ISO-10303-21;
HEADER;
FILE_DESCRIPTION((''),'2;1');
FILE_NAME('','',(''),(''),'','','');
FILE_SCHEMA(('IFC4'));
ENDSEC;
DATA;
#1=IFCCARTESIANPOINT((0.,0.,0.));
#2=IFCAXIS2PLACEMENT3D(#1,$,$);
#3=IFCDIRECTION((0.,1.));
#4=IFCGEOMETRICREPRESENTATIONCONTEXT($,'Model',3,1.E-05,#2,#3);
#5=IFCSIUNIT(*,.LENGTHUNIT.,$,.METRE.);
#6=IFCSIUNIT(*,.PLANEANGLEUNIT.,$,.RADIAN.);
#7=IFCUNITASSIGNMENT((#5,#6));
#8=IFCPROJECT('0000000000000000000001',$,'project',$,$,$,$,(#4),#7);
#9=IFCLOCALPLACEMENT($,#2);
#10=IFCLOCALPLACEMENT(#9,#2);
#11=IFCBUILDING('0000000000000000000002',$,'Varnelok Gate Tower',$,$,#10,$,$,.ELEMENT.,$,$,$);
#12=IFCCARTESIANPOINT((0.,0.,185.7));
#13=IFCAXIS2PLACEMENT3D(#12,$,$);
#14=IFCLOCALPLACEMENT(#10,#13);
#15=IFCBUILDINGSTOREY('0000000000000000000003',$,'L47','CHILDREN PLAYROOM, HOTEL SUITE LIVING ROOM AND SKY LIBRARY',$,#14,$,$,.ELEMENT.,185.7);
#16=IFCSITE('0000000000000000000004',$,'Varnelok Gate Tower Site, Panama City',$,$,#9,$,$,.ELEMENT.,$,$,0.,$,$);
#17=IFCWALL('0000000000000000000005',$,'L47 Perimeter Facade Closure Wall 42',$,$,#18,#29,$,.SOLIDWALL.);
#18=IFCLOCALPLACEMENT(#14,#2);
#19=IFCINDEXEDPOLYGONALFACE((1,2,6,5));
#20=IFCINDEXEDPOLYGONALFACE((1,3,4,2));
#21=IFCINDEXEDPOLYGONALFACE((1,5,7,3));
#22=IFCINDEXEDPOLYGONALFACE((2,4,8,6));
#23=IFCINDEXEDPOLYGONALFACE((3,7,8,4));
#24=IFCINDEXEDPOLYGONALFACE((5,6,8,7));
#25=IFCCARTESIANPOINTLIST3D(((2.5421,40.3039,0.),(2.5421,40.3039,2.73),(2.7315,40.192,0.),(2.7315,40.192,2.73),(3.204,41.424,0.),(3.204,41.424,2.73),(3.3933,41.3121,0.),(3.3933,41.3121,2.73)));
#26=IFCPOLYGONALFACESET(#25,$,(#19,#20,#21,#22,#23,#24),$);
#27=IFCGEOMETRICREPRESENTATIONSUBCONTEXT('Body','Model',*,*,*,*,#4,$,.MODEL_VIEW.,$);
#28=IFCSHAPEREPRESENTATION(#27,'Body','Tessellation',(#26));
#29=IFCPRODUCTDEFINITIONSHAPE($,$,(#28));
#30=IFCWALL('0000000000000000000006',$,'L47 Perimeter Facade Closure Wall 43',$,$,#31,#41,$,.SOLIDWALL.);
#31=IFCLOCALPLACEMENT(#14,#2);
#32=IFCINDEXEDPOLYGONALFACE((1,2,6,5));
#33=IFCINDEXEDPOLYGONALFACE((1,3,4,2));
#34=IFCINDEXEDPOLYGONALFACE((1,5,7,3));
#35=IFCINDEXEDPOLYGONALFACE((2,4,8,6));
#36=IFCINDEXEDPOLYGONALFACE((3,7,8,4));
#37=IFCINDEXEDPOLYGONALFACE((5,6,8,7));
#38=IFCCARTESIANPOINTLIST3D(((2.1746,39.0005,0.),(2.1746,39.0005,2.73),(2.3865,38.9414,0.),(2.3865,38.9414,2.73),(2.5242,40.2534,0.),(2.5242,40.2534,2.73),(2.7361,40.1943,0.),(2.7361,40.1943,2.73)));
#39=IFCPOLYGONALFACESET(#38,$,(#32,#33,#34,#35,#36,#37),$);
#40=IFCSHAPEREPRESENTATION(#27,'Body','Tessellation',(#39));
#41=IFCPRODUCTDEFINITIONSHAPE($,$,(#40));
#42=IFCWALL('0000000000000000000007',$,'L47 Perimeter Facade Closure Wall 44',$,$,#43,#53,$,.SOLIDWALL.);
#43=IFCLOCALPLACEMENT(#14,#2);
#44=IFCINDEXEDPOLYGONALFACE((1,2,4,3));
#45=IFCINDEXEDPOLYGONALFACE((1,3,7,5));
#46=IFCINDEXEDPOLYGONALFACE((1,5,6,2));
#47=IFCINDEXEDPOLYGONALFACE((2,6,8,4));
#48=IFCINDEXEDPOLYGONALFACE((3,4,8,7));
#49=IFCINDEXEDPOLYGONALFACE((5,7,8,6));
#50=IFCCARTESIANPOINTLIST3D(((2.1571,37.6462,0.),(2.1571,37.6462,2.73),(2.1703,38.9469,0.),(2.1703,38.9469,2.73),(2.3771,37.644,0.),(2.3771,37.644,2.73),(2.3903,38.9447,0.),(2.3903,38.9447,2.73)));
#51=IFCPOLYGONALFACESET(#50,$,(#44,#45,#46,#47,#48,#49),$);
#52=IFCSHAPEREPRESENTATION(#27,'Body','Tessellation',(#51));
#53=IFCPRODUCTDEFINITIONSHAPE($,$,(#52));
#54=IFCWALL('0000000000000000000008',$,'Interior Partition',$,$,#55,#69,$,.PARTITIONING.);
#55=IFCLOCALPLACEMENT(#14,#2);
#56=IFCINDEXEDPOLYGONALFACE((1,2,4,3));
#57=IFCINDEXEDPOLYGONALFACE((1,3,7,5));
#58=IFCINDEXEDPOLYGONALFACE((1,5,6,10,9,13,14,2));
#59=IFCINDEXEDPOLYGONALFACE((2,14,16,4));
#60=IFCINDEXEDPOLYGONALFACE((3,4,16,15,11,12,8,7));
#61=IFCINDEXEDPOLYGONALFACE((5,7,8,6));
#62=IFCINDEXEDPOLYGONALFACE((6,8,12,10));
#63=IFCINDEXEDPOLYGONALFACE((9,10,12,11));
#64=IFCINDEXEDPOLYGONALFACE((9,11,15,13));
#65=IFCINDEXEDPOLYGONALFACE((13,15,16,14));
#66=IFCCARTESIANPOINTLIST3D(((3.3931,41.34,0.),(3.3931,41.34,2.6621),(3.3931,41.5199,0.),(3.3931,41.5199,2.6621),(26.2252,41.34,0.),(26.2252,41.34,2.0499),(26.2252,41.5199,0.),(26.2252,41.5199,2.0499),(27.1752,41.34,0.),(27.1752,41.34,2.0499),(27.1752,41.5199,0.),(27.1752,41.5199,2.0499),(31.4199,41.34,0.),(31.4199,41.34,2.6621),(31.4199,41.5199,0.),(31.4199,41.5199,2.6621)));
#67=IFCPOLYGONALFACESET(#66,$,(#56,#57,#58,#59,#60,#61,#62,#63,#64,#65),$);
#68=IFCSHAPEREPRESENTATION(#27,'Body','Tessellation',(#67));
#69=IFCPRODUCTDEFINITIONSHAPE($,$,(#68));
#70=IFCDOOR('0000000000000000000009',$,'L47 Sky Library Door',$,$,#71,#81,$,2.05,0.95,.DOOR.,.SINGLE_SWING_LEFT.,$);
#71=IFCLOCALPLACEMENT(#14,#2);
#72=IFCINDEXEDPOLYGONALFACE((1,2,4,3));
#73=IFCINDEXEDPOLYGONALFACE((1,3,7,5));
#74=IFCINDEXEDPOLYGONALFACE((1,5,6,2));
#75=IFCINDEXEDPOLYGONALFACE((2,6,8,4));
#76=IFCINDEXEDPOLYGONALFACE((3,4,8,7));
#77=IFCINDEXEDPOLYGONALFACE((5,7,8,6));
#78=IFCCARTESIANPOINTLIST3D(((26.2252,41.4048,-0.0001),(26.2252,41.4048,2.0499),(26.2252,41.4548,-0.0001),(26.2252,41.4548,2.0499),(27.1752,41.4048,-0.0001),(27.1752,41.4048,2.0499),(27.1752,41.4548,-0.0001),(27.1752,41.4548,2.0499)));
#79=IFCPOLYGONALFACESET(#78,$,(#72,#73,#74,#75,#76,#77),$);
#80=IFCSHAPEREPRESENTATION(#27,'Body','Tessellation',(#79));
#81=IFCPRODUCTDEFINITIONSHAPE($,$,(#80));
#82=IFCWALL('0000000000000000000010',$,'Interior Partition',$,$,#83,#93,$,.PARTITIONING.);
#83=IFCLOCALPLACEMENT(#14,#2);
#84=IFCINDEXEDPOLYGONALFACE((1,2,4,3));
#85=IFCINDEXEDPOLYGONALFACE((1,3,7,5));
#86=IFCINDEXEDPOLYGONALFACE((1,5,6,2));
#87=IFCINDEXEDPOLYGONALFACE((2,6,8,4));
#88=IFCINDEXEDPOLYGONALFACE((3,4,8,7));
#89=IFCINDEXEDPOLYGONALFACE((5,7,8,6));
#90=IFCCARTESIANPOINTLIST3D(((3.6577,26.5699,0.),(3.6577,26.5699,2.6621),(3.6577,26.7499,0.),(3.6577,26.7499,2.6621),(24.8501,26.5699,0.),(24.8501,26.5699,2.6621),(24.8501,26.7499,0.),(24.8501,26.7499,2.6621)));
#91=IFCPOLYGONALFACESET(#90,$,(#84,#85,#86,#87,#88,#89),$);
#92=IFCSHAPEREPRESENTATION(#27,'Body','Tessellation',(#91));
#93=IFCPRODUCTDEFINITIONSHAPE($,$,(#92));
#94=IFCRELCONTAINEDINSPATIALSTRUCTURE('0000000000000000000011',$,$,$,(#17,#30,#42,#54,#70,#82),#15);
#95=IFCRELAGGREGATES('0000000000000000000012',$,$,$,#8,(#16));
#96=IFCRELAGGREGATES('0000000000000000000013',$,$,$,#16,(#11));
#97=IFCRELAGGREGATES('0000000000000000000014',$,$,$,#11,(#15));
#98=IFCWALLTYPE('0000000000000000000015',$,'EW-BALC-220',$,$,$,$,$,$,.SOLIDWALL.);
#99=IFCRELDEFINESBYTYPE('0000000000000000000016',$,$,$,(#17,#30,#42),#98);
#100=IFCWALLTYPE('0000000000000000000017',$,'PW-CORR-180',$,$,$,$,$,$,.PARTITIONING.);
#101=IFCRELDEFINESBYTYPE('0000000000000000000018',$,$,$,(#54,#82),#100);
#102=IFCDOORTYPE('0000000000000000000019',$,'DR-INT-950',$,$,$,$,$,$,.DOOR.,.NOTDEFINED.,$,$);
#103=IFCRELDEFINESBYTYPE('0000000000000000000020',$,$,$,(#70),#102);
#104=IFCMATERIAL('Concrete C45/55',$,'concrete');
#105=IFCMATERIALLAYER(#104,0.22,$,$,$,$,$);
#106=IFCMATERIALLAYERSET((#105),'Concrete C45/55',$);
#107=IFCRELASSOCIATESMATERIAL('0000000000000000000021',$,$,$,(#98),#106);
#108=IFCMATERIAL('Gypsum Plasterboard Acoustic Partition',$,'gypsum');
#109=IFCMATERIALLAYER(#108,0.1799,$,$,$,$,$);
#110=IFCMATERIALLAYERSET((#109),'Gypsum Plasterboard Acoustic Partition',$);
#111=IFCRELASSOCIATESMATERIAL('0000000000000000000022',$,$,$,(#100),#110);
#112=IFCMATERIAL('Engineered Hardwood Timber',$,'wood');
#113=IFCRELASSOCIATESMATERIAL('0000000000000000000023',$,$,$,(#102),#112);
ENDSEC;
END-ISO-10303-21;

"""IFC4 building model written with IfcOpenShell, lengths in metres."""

from ifc_helpers import new_model, si_unit, direction, frame, frame_2d, origin, place, context, subcontext, project, spatial, rectangle, extrude, material, layer, layer_set, type_object, element, fill, save


model = new_model("IFC4")

# Units and contexts
model_context = context("Model", 3, precision=1e-05, world=origin(), true_north=direction((0.0, 1.0)))
body_context = subcontext(model_context, "Body", "Model", "MODEL_VIEW")
ifc_project = project(units=[si_unit("LENGTHUNIT", "METRE"), si_unit("PLANEANGLEUNIT", "RADIAN")], contexts=[model_context])

# Site, building, storey
site_placement = place(None, origin())
site = spatial("IfcSite", under=ifc_project, at=site_placement, Name="Varnelok Gate Tower Site, Panama City", CompositionType="ELEMENT", RefElevation=0.0)
building_placement = place(site_placement, origin())
building = spatial("IfcBuilding", under=site, at=building_placement, Name="Varnelok Gate Tower", CompositionType="ELEMENT")
storey_placement = place(building_placement, frame((0.0, 0.0, 185.7)))
storey = spatial("IfcBuildingStorey", under=building, at=storey_placement, Name="L47", Description="CHILDREN PLAYROOM, HOTEL SUITE LIVING ROOM AND SKY LIBRARY", CompositionType="ELEMENT", Elevation=185.7)

# Walls
ifc_material_1 = material(Name="Concrete C45/55", Category="concrete")
ifc_layer_1 = layer(ifc_material_1, 0.22)
ifc_layer_set_1 = layer_set([ifc_layer_1], Name="Concrete C45/55")
wall_type_1 = type_object("IfcWallType", Name="EW-BALC-220", PredefinedType="SOLIDWALL", material=ifc_layer_set_1)
wall_1_placement = place(storey_placement, frame((3.2986, 41.3679, 0.0), z_axis=(0.0, 0.0, 1.0), x_axis=(-0.508717, -0.860934, 0.0)))
element("IfcWall", 1, at=wall_1_placement, inside=storey, type_object=wall_type_1, Name="L47 Perimeter Facade Closure Wall 42", PredefinedType="SOLIDWALL", context=body_context, shape_type="SweptSolid", body=[
    extrude(rectangle(XDim=1.301, YDim=0.22, at=frame_2d((0.6504, 0.0))), origin(), (0.0, 0.0, 1.0), 2.73),
])
for number, where, z_axis, x_axis, name in (
    (2, (2.6301, 40.2239, 0.0), (0.0, 0.0, 1.0), (-0.268767, -0.963205, 0.0), "L47 Perimeter Facade Closure Wall 43"),
    (3, (2.2803, 38.9458, 0.0), (0.0, 0.0, 1.0), (-0.010135, -0.999949, 0.0), "L47 Perimeter Facade Closure Wall 44"),
):
    element("IfcWall", number, at=place(storey_placement, frame(where, z_axis=z_axis, x_axis=x_axis)), inside=storey, type_object=wall_type_1, Name=name, PredefinedType="SOLIDWALL", context=body_context, shape_type="SweptSolid", body=[
        extrude(rectangle(XDim=1.3008, YDim=0.22, at=frame_2d((0.6504, 0.0))), origin(), (0.0, 0.0, 1.0), 2.73),
    ])

# Wall, opening, door
ifc_material_2 = material(Name="Gypsum Plasterboard Acoustic Partition", Category="gypsum")
ifc_layer_2 = layer(ifc_material_2, 0.1799)
ifc_layer_set_2 = layer_set([ifc_layer_2], Name="Gypsum Plasterboard Acoustic Partition")
wall_type_2 = type_object("IfcWallType", Name="PW-CORR-180", PredefinedType="PARTITIONING", material=ifc_layer_set_2)
wall_2_placement = place(storey_placement, frame((3.3931, 41.4299, 0.0), z_axis=(0.0, 0.0, 1.0), x_axis=(1.0, 0.0, 0.0)))
wall_2 = element("IfcWall", 4, at=wall_2_placement, inside=storey, type_object=wall_type_2, Name="Interior Partition", PredefinedType="PARTITIONING", context=body_context, shape_type="SweptSolid", body=[
    extrude(rectangle(XDim=28.0269, YDim=0.1799, at=frame_2d((14.0134, 0.0))), origin(), (0.0, 0.0, 1.0), 2.6621),
])
opening_placement = place(wall_2_placement, frame((22.832, 0.0, 0.0)))
opening = element("IfcOpeningElement", 5, at=opening_placement, cuts=wall_2, PredefinedType="OPENING", context=body_context, shape_type="SweptSolid", body=[
    extrude(rectangle(XDim=0.95, YDim=2.05, at=frame_2d((0.4751, 1.0249))), frame((0.0, 0.0999, 0.0), z_axis=(0.0, -1.0, 0.0), x_axis=(1.0, 0.0, 0.0)), (0.0, 0.0, 1.0), 0.2),
])
ifc_material_3 = material(Name="Engineered Hardwood Timber", Category="wood")
door_type = type_object("IfcDoorType", Name="DR-INT-950", OperationType="NOTDEFINED", PredefinedType="DOOR", material=ifc_material_3)
door_placement = place(opening_placement, origin())
door = element("IfcDoor", 6, at=door_placement, inside=storey, type_object=door_type, Name="L47 Sky Library Door", OperationType="SINGLE_SWING_LEFT", OverallHeight=2.05, OverallWidth=0.95, PredefinedType="DOOR", context=body_context, shape_type="SweptSolid", body=[
    extrude(rectangle(XDim=0.95, YDim=2.05, at=frame_2d((0.4751, 1.0249))), frame((0.0, 0.0249, 0.0), z_axis=(0.0, -1.0, 0.0), x_axis=(1.0, 0.0, 0.0)), (0.0, 0.0, 1.0), 0.05),
])
fill(opening, door)

# Wall
wall_3_placement = place(storey_placement, frame((3.6577, 26.6599, 0.0), z_axis=(0.0, 0.0, 1.0), x_axis=(1.0, 0.0, 0.0)))
element("IfcWall", 7, at=wall_3_placement, inside=storey, type_object=wall_type_2, Name="Interior Partition", PredefinedType="PARTITIONING", context=body_context, shape_type="SweptSolid", body=[
    extrude(rectangle(XDim=21.1924, YDim=0.1799, at=frame_2d((10.5962, 0.0))), origin(), (0.0, 0.0, 1.0), 2.6621),
])

save(model, "model.ifc")
